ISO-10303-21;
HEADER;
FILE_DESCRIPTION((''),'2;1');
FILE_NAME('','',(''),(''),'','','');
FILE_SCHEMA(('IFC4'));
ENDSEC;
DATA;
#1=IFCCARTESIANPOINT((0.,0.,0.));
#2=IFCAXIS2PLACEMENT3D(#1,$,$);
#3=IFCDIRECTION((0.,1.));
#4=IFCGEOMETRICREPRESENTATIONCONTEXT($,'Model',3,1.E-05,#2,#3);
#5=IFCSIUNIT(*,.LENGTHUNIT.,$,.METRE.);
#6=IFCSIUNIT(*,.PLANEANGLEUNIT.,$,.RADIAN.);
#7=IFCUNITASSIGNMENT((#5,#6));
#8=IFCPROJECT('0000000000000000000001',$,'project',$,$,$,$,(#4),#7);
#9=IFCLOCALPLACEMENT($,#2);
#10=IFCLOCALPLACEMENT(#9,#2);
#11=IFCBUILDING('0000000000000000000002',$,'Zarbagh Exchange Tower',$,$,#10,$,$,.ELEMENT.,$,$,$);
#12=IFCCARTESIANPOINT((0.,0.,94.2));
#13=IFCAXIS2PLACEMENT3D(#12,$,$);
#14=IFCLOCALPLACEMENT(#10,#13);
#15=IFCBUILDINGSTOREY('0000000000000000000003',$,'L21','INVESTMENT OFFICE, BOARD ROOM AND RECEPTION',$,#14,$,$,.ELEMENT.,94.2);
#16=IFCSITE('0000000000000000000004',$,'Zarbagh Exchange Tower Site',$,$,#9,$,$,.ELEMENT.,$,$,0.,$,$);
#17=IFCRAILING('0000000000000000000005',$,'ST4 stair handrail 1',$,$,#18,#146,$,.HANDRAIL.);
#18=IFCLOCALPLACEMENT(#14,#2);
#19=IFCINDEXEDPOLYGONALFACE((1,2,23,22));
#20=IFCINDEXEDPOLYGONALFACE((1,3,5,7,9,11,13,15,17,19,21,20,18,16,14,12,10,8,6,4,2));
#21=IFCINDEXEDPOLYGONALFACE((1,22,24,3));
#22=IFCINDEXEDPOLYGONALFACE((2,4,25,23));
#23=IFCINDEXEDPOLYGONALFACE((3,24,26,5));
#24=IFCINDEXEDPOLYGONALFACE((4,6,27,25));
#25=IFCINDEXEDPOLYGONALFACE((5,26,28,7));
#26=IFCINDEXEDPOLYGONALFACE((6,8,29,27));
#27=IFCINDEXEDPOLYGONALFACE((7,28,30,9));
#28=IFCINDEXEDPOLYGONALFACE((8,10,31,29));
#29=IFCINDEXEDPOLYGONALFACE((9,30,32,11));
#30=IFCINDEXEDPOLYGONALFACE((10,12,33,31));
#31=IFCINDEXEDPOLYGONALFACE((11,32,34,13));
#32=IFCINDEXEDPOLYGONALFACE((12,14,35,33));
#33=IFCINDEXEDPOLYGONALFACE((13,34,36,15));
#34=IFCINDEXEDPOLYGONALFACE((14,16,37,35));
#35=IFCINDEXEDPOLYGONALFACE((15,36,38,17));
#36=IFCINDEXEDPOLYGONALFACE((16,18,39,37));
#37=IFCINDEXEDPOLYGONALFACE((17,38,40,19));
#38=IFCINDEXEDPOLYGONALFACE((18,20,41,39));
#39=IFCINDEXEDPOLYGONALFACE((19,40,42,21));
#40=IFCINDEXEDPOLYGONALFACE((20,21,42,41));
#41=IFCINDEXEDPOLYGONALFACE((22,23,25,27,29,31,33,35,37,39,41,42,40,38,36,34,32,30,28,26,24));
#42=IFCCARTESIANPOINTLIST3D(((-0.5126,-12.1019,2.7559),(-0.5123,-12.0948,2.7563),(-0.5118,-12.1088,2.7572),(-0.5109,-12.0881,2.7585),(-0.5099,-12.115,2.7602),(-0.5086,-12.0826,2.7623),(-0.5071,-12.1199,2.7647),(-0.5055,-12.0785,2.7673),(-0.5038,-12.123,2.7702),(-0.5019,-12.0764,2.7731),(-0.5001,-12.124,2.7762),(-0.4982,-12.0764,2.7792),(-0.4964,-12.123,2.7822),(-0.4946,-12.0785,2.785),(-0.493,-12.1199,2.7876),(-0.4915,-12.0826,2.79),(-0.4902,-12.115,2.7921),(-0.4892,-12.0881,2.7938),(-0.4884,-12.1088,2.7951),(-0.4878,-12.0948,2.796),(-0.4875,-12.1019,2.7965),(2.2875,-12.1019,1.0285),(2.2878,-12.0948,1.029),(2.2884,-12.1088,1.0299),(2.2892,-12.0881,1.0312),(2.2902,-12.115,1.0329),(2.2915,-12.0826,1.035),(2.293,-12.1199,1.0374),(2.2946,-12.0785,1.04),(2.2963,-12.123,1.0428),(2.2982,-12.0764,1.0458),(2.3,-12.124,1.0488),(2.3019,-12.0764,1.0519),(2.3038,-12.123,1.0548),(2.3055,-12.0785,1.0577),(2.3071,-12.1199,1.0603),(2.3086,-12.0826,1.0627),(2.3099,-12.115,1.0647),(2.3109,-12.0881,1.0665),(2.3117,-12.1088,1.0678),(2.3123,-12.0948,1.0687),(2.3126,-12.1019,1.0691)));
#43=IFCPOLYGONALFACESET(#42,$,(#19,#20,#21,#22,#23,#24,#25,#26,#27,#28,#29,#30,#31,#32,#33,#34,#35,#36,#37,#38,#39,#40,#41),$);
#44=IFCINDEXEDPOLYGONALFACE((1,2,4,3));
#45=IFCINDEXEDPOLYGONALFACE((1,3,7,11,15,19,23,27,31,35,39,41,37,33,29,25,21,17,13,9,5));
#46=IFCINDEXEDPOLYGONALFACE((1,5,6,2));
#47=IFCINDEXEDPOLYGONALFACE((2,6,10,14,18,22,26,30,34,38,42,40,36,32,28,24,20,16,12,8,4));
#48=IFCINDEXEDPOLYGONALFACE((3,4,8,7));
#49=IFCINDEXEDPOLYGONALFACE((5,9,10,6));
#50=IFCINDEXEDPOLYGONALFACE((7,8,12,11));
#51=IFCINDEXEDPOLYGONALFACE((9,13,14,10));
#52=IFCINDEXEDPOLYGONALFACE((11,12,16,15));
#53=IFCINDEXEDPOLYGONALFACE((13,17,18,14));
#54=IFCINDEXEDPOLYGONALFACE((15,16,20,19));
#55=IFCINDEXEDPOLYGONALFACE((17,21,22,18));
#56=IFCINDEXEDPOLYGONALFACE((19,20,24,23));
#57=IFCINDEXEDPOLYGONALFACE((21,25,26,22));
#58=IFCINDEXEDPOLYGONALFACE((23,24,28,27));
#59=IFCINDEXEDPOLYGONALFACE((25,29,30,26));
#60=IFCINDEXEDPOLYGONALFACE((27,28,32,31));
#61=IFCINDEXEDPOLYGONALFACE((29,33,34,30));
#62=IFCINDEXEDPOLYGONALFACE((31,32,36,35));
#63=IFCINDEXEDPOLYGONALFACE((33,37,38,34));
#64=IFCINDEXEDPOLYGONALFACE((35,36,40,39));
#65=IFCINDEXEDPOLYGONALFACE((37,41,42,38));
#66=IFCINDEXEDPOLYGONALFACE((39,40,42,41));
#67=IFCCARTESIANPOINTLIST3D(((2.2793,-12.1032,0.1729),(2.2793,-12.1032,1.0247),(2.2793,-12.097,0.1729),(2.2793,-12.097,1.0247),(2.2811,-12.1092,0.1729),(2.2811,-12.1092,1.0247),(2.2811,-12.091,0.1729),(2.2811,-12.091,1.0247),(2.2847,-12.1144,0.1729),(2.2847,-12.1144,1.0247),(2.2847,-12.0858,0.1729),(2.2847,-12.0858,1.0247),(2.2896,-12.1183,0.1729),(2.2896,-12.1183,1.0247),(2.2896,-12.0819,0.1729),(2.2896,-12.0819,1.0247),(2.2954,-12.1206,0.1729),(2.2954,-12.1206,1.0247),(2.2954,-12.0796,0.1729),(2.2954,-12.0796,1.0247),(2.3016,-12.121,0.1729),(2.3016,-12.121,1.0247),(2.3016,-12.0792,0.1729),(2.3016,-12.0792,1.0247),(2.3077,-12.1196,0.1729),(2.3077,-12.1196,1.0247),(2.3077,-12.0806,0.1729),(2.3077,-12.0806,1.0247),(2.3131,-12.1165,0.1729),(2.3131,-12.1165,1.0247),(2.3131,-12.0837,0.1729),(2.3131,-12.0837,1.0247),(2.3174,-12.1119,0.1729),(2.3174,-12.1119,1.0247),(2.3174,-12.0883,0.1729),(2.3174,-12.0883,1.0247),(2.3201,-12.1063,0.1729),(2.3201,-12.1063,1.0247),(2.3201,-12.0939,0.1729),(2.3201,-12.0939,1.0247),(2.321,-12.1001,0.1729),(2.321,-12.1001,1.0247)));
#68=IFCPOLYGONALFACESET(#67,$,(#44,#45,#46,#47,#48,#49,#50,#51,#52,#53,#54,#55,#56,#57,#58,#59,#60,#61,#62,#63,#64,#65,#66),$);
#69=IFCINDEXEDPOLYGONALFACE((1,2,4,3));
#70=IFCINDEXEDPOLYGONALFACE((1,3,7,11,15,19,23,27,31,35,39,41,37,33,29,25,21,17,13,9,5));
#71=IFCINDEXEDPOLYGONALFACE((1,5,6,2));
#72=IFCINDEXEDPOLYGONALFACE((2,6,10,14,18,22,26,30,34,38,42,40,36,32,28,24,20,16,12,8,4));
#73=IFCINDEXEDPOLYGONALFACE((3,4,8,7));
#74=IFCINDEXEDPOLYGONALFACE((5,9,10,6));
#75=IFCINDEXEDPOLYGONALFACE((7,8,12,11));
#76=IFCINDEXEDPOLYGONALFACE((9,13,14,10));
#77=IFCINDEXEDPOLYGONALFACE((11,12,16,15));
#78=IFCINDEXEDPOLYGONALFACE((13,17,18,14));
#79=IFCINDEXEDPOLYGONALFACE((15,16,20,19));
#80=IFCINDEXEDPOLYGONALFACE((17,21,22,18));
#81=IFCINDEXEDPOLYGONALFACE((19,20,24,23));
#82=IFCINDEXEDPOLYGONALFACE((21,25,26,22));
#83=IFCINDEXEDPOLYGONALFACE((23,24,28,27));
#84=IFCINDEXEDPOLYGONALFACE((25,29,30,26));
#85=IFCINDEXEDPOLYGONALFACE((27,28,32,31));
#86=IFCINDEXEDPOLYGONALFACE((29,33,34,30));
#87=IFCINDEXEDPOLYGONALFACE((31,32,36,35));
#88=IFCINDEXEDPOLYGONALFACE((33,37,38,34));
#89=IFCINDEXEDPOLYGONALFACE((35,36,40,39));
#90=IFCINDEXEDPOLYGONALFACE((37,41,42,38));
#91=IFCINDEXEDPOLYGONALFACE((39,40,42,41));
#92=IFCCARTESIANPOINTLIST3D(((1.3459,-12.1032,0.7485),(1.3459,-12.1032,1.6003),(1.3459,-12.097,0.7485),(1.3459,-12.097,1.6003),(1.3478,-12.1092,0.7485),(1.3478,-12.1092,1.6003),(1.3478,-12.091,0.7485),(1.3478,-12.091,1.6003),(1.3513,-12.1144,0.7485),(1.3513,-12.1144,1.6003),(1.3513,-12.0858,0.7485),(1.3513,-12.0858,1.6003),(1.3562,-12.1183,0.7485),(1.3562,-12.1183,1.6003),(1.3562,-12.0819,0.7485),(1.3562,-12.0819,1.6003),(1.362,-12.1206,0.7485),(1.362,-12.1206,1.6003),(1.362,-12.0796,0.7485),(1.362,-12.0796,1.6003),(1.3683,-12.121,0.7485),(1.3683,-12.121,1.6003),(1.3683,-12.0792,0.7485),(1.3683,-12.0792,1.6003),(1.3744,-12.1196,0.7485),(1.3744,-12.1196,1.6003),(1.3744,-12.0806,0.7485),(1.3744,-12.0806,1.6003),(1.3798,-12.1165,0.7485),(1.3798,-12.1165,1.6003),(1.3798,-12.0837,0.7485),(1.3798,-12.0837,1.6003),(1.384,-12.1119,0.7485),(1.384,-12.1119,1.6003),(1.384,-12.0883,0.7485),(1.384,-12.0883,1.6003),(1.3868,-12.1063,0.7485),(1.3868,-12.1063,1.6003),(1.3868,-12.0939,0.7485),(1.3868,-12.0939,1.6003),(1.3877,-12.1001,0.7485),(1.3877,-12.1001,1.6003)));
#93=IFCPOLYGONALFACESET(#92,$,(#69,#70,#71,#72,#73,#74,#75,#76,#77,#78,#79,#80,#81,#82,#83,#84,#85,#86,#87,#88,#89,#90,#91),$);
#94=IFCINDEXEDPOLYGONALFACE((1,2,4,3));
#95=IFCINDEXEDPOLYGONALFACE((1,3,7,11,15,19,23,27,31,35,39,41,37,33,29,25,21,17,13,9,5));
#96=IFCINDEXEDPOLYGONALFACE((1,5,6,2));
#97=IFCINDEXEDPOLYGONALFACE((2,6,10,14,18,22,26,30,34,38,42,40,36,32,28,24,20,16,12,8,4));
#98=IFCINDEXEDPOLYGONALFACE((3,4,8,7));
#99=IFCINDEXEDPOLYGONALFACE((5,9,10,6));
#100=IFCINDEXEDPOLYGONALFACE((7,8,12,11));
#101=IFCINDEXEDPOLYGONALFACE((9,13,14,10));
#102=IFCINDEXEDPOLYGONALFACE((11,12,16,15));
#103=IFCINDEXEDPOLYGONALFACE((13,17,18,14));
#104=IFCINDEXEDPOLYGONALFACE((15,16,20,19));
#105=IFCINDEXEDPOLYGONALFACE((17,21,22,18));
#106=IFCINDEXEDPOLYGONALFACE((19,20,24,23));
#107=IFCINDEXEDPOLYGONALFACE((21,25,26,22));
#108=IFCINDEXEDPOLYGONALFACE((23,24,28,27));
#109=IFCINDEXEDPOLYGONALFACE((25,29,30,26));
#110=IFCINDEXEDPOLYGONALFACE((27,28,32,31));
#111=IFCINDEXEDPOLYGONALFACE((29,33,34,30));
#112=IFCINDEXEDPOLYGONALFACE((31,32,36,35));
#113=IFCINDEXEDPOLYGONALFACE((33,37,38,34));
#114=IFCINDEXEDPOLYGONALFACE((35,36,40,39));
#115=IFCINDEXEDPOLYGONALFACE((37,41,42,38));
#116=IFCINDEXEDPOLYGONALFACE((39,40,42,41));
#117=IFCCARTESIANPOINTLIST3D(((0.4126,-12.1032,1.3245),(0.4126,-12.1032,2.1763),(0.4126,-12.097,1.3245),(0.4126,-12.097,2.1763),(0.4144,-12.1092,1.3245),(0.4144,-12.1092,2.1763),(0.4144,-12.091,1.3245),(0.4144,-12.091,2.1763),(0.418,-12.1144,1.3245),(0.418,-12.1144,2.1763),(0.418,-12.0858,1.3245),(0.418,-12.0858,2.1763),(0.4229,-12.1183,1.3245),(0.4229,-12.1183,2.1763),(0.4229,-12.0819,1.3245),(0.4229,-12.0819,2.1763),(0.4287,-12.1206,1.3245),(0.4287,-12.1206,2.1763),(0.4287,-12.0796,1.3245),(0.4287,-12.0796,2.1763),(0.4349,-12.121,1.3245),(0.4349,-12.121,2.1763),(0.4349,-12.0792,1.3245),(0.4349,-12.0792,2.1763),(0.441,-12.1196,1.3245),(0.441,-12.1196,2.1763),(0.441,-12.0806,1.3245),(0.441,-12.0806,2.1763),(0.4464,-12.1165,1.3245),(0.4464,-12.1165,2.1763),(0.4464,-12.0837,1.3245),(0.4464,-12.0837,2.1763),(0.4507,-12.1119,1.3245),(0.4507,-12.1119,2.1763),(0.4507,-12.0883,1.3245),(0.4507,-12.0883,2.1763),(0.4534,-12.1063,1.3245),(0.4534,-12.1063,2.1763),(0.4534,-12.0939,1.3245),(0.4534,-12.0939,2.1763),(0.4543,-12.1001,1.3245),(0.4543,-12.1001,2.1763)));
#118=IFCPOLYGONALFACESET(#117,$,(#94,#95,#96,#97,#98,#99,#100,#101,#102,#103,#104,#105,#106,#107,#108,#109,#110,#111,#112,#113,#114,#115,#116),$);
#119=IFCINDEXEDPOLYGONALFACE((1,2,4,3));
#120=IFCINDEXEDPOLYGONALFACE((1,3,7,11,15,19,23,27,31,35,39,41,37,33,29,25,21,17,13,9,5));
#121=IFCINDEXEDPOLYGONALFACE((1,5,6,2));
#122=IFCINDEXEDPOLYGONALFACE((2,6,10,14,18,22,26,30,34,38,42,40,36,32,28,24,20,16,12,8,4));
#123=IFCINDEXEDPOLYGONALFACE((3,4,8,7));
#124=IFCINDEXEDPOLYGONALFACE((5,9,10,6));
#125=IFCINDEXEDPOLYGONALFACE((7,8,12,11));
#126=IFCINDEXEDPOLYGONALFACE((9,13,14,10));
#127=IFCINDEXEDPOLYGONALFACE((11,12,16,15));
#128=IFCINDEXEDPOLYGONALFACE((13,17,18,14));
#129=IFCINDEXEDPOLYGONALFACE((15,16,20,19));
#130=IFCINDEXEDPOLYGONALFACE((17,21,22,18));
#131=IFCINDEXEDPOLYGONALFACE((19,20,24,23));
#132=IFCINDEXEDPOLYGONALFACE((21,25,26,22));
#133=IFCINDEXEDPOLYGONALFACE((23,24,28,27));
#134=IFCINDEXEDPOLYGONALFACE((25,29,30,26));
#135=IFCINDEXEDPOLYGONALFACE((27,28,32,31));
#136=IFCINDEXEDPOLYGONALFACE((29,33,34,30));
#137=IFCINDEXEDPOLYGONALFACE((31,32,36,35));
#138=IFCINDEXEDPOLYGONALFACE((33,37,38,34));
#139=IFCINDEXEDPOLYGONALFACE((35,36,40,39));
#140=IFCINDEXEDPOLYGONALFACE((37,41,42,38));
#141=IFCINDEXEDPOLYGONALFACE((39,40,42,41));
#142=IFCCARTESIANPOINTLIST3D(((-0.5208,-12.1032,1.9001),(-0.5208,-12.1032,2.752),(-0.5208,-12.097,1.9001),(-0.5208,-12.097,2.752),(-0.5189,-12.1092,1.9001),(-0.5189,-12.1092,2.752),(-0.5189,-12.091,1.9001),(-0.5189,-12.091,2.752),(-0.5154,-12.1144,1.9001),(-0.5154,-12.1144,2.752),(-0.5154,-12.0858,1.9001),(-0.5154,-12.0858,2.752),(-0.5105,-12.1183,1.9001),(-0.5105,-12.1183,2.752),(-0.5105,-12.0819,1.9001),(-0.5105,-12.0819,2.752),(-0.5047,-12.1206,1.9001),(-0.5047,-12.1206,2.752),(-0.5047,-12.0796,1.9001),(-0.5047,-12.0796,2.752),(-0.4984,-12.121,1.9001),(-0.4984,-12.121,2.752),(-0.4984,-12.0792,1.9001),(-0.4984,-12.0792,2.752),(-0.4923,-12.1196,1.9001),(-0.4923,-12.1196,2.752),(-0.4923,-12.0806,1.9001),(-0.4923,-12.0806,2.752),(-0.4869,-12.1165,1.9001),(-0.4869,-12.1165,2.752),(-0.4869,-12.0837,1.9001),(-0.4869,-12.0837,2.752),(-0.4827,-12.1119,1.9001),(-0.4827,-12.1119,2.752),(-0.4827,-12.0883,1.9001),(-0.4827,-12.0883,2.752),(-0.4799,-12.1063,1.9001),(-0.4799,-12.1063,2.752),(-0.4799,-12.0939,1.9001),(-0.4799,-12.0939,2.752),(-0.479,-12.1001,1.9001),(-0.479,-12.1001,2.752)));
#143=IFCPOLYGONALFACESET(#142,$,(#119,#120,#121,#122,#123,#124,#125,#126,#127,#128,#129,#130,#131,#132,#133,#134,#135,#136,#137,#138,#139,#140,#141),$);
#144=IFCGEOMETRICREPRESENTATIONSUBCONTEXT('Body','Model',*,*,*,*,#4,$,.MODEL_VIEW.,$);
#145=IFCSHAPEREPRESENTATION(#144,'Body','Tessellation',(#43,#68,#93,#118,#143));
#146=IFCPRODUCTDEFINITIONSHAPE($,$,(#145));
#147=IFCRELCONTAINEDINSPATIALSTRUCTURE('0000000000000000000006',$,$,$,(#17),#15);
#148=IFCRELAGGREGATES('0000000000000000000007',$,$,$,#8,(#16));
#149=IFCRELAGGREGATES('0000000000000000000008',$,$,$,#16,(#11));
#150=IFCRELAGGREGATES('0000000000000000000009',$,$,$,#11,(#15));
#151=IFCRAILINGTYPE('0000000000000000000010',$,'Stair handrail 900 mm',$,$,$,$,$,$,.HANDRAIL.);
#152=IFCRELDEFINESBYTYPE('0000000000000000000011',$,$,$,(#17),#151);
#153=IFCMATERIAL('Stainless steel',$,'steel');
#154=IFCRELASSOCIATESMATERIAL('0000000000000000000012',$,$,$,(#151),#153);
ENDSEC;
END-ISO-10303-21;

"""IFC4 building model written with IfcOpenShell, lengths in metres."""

from ifc_helpers import new_model, si_unit, direction, frame, origin, origin_2d, place, context, subcontext, project, spatial, circle, extrude, material, type_object, element, save


model = new_model("IFC4")

# Units and contexts
model_context = context("Model", 3, precision=1e-05, world=origin(), true_north=direction((0.0, 1.0)))
body_context = subcontext(model_context, "Body", "Model", "MODEL_VIEW")
ifc_project = project(units=[si_unit("LENGTHUNIT", "METRE"), si_unit("PLANEANGLEUNIT", "RADIAN")], contexts=[model_context])

# Site, building, storey
site_placement = place(None, origin())
site = spatial("IfcSite", under=ifc_project, at=site_placement, Name="Zarbagh Exchange Tower Site", CompositionType="ELEMENT", RefElevation=0.0)
building_placement = place(site_placement, origin())
building = spatial("IfcBuilding", under=site, at=building_placement, Name="Zarbagh Exchange Tower", CompositionType="ELEMENT")
storey_placement = place(building_placement, frame((0.0, 0.0, 94.2)))
storey = spatial("IfcBuildingStorey", under=building, at=storey_placement, Name="L21", Description="INVESTMENT OFFICE, BOARD ROOM AND RECEPTION", CompositionType="ELEMENT", Elevation=94.2)

# Railing
ifc_material_1 = material(Name="Stainless steel", Category="steel")
railing_type_1 = type_object("IfcRailingType", Name="Stair handrail 900 mm", PredefinedType="HANDRAIL", material=ifc_material_1)
for number, where, name in (
    (1, (2.3, -12.1001, 0.1729), "ST4 stair handrail 1"),
):
    element("IfcRailing", number, at=place(storey_placement, frame(where)), inside=storey, type_object=railing_type_1, Name=name, PredefinedType="HANDRAIL", context=body_context, shape_type="SweptSolid", body=[
        extrude(circle(Radius=0.0239, at=origin_2d()), frame((0.0, 0.0, 0.876), z_axis=(-0.85109, 0.0, 0.52502), x_axis=(0.0, -1.0, 0.0)), (0.0, 0.0, 1.0), 3.29),
        extrude(circle(Radius=0.021, at=origin_2d()), origin(), (0.0, 0.0, 1.0), 0.8518),
        extrude(circle(Radius=0.021, at=origin_2d()), frame((-0.9333, 0.0, 0.5757)), (0.0, 0.0, 1.0), 0.8518),
        extrude(circle(Radius=0.021, at=origin_2d()), frame((-1.8667, 0.0, 1.1516)), (0.0, 0.0, 1.0), 0.8518),
        extrude(circle(Radius=0.021, at=origin_2d()), frame((-2.8, 0.0, 1.7273)), (0.0, 0.0, 1.0), 0.8518),
    ])

save(model, "model.ifc")
